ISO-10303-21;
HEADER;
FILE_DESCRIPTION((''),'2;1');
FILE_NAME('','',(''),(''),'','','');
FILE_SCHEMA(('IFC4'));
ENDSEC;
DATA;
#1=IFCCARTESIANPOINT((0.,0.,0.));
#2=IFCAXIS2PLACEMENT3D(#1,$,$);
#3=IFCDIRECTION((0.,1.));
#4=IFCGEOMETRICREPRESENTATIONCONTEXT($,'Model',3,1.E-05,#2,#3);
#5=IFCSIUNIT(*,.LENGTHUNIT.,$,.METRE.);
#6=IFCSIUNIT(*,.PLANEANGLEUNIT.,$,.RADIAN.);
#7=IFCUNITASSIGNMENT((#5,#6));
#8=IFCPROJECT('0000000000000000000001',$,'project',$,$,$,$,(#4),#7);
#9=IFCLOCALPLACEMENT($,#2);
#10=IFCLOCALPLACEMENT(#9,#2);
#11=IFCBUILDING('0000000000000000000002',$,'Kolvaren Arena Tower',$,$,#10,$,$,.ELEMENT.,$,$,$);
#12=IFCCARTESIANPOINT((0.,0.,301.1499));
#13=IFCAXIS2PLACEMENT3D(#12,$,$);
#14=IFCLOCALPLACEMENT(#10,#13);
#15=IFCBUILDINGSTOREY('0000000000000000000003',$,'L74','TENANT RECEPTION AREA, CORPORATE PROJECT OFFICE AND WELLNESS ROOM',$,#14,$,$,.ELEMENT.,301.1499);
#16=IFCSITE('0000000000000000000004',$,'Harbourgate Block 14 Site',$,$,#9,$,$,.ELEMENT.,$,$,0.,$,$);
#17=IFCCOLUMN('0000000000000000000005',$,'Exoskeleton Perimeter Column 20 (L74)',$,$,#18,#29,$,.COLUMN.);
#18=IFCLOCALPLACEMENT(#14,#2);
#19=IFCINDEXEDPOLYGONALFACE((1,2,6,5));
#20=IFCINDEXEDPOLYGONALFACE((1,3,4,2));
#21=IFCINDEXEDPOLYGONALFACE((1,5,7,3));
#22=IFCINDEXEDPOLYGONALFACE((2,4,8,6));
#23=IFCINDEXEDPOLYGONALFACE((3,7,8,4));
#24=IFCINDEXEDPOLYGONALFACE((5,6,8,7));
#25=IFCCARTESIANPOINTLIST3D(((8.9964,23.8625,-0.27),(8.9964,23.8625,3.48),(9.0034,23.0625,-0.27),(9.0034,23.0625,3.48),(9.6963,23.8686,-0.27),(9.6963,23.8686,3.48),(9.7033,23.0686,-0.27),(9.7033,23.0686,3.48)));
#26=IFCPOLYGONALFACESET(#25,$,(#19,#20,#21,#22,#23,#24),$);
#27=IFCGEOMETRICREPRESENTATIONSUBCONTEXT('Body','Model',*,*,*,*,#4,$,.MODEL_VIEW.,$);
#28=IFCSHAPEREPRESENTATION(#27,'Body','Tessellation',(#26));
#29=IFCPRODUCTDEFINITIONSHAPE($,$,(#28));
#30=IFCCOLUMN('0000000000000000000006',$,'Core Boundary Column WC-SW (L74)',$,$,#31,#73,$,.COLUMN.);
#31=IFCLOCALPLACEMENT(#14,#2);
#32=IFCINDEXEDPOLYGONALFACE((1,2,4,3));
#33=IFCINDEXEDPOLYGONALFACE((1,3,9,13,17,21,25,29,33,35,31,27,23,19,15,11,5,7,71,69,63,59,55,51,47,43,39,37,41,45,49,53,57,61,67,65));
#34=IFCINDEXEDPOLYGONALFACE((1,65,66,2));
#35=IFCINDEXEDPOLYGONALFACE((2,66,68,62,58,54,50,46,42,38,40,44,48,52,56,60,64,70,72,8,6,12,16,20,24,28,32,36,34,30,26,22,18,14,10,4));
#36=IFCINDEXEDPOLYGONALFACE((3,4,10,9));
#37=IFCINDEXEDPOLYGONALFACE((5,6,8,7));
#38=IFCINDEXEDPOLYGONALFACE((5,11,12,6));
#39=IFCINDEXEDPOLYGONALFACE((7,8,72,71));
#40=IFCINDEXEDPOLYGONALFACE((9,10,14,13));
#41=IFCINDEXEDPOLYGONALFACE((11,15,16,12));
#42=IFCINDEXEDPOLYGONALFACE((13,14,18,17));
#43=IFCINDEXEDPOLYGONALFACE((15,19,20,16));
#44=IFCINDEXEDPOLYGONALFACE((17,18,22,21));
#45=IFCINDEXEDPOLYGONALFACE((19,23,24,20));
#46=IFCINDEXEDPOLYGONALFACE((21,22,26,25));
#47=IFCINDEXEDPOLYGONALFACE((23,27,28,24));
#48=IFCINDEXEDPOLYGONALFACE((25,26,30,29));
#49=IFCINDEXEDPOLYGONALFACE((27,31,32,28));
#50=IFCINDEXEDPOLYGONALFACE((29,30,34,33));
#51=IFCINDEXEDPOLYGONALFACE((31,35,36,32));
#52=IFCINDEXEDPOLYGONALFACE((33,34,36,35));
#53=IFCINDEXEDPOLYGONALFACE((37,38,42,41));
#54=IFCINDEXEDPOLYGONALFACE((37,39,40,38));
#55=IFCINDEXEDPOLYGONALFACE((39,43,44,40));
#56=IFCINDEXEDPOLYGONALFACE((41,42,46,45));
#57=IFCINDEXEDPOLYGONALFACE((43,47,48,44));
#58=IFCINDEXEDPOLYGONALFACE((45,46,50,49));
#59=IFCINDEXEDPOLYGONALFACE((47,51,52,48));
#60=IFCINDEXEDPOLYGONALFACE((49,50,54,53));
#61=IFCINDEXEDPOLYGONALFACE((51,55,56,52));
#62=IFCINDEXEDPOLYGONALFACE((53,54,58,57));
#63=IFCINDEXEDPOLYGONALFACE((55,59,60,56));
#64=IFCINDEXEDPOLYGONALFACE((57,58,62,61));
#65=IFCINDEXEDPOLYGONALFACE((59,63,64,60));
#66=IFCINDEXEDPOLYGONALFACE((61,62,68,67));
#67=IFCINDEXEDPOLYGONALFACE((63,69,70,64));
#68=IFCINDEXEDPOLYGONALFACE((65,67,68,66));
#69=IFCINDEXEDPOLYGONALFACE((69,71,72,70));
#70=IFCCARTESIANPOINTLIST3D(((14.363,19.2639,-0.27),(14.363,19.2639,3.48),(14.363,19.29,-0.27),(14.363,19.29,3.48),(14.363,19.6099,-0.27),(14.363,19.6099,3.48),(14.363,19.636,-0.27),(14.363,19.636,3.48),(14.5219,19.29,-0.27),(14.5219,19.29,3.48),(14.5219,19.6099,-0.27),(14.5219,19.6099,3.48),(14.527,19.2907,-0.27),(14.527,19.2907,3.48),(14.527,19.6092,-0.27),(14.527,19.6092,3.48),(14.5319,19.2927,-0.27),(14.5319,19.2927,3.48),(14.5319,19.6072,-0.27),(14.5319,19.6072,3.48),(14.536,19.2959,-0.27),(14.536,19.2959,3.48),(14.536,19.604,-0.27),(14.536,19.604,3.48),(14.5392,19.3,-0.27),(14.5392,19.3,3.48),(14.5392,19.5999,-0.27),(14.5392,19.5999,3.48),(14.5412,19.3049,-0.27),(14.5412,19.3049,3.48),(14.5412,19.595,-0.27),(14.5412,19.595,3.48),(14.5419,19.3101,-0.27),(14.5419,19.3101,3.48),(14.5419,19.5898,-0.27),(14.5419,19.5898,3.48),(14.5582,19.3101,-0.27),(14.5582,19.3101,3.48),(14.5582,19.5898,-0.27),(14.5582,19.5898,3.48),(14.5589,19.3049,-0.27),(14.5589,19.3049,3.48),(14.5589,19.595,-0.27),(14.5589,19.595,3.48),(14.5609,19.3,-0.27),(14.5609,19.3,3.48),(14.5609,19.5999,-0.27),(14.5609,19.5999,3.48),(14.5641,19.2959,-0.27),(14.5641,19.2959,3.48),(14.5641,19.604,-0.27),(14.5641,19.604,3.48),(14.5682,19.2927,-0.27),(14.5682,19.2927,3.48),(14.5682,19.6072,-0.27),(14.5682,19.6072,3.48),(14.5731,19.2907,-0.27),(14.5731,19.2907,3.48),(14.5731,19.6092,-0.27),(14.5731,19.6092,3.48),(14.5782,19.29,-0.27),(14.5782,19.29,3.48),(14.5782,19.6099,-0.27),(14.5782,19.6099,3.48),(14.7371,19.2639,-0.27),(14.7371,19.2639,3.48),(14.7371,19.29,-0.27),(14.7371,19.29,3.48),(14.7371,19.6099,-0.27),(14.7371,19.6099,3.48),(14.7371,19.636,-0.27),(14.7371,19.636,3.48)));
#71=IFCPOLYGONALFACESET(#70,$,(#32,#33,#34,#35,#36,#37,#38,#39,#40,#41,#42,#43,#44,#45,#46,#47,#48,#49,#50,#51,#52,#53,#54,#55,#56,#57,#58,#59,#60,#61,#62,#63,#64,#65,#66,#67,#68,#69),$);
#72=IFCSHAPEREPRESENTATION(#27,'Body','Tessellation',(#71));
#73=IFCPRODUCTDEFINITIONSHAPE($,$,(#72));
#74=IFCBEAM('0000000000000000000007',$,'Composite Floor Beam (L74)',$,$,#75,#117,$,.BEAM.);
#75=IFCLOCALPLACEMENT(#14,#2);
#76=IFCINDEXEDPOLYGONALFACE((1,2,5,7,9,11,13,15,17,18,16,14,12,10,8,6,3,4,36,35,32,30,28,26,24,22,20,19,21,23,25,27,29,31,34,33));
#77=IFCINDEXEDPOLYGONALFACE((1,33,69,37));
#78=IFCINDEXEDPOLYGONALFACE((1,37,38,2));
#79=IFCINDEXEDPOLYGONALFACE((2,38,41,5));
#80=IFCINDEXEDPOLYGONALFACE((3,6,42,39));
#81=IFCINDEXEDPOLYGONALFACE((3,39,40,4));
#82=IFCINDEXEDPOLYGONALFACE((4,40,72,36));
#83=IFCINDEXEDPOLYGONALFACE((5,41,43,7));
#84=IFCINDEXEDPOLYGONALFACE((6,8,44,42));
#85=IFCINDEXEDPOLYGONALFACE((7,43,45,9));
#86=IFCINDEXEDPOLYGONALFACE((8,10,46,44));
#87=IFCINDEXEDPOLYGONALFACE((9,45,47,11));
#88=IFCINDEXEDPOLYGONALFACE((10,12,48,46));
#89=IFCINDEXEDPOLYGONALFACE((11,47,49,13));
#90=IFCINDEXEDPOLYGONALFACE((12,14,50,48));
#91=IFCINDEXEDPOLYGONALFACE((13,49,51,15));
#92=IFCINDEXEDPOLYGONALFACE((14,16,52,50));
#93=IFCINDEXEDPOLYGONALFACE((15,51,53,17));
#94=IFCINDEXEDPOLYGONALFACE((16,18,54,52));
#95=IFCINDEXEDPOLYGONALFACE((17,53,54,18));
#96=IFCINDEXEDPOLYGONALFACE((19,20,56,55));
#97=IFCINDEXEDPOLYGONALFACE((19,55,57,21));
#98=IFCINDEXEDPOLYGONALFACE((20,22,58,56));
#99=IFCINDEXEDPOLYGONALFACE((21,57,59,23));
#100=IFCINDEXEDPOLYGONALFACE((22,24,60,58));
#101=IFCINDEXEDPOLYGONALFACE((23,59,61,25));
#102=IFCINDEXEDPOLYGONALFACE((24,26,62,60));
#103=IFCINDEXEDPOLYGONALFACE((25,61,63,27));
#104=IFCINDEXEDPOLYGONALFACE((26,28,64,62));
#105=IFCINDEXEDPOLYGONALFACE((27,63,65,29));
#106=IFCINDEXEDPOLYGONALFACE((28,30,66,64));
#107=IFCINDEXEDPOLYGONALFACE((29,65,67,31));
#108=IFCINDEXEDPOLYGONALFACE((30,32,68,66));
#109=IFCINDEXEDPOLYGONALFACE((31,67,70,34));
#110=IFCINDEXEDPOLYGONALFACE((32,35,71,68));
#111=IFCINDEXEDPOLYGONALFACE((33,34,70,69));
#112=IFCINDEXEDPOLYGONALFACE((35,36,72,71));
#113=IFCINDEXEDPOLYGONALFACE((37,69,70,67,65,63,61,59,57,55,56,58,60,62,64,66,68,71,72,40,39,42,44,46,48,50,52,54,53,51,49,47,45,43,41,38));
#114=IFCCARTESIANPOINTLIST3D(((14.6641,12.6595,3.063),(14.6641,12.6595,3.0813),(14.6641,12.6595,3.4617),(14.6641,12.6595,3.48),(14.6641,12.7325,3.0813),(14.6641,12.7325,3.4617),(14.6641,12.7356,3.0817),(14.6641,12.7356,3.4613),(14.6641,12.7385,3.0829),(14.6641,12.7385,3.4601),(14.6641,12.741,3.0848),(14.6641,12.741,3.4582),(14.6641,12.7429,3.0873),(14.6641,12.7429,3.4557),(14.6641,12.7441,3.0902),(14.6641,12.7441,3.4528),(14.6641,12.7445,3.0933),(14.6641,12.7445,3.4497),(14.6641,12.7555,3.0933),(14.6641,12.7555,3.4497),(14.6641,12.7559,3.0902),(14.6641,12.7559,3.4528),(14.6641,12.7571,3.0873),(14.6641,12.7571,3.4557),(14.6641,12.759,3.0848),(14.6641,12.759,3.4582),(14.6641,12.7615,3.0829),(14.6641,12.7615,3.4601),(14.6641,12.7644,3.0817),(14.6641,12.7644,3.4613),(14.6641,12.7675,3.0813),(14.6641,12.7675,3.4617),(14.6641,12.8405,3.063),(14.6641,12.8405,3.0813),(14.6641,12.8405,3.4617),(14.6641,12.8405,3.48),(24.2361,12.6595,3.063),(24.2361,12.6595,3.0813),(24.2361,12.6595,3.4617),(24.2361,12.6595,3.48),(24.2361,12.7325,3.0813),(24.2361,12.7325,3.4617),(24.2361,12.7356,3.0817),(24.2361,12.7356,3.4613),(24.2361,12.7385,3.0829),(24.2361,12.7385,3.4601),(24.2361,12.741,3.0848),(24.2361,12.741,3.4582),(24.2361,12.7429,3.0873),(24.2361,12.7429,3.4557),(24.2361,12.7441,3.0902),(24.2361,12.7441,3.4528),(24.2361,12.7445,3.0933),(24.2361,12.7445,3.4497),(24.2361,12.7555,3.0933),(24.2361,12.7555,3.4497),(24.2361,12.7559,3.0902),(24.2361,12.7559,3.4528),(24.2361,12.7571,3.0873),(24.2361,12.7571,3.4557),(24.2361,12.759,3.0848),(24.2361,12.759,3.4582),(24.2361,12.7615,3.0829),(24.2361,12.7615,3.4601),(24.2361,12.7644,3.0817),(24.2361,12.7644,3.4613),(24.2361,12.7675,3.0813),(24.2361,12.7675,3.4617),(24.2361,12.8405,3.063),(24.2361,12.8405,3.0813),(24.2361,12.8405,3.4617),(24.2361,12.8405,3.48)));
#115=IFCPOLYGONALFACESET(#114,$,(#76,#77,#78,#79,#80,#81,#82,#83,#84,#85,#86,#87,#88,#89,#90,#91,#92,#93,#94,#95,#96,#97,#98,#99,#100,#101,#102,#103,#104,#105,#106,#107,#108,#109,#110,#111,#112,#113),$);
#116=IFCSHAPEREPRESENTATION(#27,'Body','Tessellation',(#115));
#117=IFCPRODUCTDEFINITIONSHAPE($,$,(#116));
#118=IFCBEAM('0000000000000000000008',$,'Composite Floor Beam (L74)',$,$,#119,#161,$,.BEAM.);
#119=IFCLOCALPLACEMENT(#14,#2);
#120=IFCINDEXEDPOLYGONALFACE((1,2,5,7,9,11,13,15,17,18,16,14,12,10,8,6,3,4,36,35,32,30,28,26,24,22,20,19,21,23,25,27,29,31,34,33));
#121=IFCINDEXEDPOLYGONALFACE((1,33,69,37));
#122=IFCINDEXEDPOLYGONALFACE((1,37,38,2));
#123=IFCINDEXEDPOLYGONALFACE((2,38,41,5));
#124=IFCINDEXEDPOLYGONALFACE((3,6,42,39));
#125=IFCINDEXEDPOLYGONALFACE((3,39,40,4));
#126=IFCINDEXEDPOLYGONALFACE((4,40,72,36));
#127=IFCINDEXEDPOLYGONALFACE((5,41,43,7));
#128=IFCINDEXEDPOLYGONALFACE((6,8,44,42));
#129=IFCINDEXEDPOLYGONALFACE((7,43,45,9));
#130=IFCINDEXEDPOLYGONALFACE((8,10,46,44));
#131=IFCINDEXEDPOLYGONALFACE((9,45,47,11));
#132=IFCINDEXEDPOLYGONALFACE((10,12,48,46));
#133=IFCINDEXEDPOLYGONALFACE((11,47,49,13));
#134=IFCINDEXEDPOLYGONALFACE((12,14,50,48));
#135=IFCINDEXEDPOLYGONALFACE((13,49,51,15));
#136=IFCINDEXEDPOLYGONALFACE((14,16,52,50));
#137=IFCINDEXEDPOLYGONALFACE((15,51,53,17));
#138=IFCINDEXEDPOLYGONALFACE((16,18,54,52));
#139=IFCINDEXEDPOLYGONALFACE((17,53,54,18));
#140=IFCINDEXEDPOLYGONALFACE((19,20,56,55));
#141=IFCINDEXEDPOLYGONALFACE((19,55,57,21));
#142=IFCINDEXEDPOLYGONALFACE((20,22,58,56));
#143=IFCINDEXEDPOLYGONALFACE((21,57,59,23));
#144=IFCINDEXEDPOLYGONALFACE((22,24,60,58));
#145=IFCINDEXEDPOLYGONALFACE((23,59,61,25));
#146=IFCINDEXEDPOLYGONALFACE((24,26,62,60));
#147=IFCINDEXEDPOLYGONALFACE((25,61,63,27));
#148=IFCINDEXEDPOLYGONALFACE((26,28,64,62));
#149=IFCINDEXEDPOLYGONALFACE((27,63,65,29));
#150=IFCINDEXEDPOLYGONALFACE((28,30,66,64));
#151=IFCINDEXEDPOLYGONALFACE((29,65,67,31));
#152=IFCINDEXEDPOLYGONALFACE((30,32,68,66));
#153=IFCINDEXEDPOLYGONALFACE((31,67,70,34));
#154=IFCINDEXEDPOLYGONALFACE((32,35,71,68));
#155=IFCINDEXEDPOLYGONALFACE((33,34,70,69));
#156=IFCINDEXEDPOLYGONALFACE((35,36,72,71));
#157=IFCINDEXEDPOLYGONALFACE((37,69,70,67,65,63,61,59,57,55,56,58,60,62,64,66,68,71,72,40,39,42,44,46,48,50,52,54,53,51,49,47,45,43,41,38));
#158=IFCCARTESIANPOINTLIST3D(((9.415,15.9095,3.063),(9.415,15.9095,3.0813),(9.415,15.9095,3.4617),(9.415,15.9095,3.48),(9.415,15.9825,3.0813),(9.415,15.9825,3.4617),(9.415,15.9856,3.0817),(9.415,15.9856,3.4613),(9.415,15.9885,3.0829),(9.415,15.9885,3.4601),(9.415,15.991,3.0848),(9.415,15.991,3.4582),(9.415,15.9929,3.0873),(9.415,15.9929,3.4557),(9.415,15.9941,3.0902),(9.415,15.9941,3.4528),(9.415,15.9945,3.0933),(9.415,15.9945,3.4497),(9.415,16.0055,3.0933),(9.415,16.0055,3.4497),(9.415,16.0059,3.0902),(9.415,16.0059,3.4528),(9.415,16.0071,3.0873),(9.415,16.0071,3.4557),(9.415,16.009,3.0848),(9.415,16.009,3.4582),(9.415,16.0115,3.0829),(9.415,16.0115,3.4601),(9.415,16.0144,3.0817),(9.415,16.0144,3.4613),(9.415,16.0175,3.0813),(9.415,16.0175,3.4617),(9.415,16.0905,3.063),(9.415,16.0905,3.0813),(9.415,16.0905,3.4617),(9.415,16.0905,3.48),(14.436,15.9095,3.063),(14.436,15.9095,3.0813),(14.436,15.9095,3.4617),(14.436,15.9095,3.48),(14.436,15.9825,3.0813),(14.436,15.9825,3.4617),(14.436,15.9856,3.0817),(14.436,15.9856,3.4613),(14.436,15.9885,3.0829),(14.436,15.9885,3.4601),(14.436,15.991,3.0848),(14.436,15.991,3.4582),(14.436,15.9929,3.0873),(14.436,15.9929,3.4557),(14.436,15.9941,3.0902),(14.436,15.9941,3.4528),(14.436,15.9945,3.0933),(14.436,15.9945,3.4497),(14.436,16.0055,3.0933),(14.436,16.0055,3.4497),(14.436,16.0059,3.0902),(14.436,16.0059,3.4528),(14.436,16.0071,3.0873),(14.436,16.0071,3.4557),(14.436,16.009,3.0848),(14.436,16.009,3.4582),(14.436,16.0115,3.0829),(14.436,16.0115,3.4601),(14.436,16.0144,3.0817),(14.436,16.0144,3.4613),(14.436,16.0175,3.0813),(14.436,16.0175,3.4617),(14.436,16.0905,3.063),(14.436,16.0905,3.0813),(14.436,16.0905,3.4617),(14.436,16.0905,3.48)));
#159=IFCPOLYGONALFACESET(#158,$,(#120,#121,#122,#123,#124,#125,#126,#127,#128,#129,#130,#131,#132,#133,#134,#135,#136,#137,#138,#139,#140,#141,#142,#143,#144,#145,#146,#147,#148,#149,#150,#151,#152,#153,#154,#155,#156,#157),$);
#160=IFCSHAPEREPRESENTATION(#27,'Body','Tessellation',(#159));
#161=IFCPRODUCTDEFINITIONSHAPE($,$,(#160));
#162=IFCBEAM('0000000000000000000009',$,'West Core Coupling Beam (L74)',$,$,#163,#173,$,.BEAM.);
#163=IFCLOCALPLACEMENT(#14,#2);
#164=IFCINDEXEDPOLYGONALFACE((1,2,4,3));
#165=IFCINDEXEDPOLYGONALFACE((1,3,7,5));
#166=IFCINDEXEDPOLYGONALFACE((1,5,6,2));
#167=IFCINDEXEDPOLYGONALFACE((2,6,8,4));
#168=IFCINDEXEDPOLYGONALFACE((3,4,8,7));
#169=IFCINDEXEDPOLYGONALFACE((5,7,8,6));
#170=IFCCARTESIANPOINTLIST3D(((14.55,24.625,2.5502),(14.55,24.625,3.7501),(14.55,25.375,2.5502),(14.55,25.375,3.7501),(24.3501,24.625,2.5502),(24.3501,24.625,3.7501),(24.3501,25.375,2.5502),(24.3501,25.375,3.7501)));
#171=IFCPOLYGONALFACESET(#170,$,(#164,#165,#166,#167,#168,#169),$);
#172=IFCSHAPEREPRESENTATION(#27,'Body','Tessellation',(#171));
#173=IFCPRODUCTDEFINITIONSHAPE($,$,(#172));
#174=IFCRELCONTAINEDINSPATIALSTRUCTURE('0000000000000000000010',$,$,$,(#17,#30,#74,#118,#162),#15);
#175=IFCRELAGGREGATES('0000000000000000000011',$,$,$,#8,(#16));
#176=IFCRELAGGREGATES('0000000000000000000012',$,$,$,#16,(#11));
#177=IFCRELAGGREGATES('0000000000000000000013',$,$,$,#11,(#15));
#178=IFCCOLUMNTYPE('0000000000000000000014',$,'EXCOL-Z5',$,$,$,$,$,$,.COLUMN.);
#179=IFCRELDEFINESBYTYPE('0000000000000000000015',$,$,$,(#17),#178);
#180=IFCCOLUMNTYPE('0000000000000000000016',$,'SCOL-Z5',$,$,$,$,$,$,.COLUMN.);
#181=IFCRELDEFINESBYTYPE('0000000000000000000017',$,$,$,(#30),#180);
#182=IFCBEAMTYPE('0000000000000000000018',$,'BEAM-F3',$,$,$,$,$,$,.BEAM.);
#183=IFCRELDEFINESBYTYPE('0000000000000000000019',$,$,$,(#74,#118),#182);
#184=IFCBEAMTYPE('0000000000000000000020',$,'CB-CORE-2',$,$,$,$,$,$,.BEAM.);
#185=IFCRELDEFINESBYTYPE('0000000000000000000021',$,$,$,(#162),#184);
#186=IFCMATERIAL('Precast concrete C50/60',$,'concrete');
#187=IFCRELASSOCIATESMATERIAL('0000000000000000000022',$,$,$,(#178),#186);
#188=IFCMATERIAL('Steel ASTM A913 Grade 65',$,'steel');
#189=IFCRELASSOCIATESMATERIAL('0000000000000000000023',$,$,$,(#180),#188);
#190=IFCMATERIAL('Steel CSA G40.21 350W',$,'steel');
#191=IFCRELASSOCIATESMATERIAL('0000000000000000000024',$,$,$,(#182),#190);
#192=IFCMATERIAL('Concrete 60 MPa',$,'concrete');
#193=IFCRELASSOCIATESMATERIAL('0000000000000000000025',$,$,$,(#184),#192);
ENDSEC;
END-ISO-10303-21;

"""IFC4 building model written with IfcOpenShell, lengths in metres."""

from ifc_helpers import new_model, si_unit, direction, frame, origin, origin_2d, place, context, subcontext, project, spatial, rectangle, i_section, extrude, material, material_profile, profile_set, type_object, element, save


model = new_model("IFC4")

# Units and contexts
model_context = context("Model", 3, precision=1e-05, world=origin(), true_north=direction((0.0, 1.0)))
body_context = subcontext(model_context, "Body", "Model", "MODEL_VIEW")
ifc_project = project(units=[si_unit("LENGTHUNIT", "METRE"), si_unit("PLANEANGLEUNIT", "RADIAN")], contexts=[model_context])

# Site, building, storey
site_placement = place(None, origin())
site = spatial("IfcSite", under=ifc_project, at=site_placement, Name="Harbourgate Block 14 Site", CompositionType="ELEMENT", RefElevation=0.0)
building_placement = place(site_placement, origin())
building = spatial("IfcBuilding", under=site, at=building_placement, Name="Kolvaren Arena Tower", CompositionType="ELEMENT")
storey_placement = place(building_placement, frame((0.0, 0.0, 301.1499)))
storey = spatial("IfcBuildingStorey", under=building, at=storey_placement, Name="L74", Description="TENANT RECEPTION AREA, CORPORATE PROJECT OFFICE AND WELLNESS ROOM", CompositionType="ELEMENT", Elevation=301.1499)

# Columns
ifc_material_1 = material(Name="Precast concrete C50/60", Category="concrete")
ifc_material_profile_1 = material_profile(ifc_material_1, rectangle(XDim=0.8, YDim=0.7, at=origin_2d()), Name="RC-800x700")
ifc_profile_set_1 = profile_set([ifc_material_profile_1], Name="Precast concrete C50/60")
column_type_1 = type_object("IfcColumnType", Name="EXCOL-Z5", PredefinedType="COLUMN", material=ifc_profile_set_1)
column_1_placement = place(storey_placement, frame((9.3499, 23.4656, -0.27), z_axis=(0.0, 0.0, 1.0), x_axis=(-0.008727, 0.999962, 0.0)))
element("IfcColumn", 1, at=column_1_placement, inside=storey, type_object=column_type_1, Name="Exoskeleton Perimeter Column 20 (L74)", PredefinedType="COLUMN", context=body_context, shape_type="SweptSolid", body=[
    extrude(rectangle(XDim=0.8, YDim=0.7, at=origin_2d()), origin(), (0.0, 0.0, 1.0), 3.75),
])
ifc_material_2 = material(Name="Steel ASTM A913 Grade 65", Category="steel")
ifc_material_profile_2 = material_profile(ifc_material_2, i_section(OverallWidth=0.374, OverallDepth=0.3721, WebThickness=0.0164, FlangeThickness=0.0261, FilletRadius=0.02, at=origin_2d()), Name="W360x196")
ifc_profile_set_2 = profile_set([ifc_material_profile_2], Name="Steel ASTM A913 Grade 65")
column_type_2 = type_object("IfcColumnType", Name="SCOL-Z5", PredefinedType="COLUMN", material=ifc_profile_set_2)
column_2_placement = place(storey_placement, frame((14.55, 19.45, -0.27), z_axis=(0.0, 0.0, 1.0), x_axis=(1.0, 0.0, 0.0)))
element("IfcColumn", 2, at=column_2_placement, inside=storey, type_object=column_type_2, Name="Core Boundary Column WC-SW (L74)", PredefinedType="COLUMN", context=body_context, shape_type="SweptSolid", body=[
    extrude(i_section(OverallWidth=0.374, OverallDepth=0.3721, WebThickness=0.0164, FlangeThickness=0.0261, FilletRadius=0.02, at=origin_2d()), origin(), (0.0, 0.0, 1.0), 3.75),
])

# Beams
ifc_material_3 = material(Name="Steel CSA G40.21 350W", Category="steel")
ifc_material_profile_3 = material_profile(ifc_material_3, i_section(OverallWidth=0.1809, OverallDepth=0.417, WebThickness=0.011, FlangeThickness=0.0183, FilletRadius=0.012, at=origin_2d()), Name="W410x85")
ifc_profile_set_3 = profile_set([ifc_material_profile_3], Name="Steel CSA G40.21 350W")
beam_type_1 = type_object("IfcBeamType", Name="BEAM-F3", PredefinedType="BEAM", material=ifc_profile_set_3)
beam_1_placement = place(storey_placement, frame((14.6641, 12.75, 3.2715), z_axis=(1.0, 0.0, 0.0), x_axis=(0.0, 1.0, 0.0)))
element("IfcBeam", 3, at=beam_1_placement, inside=storey, type_object=beam_type_1, Name="Composite Floor Beam (L74)", PredefinedType="BEAM", context=body_context, shape_type="SweptSolid", body=[
    extrude(i_section(OverallWidth=0.1809, OverallDepth=0.417, WebThickness=0.011, FlangeThickness=0.0183, FilletRadius=0.012, at=origin_2d()), origin(), (0.0, 0.0, 1.0), 9.572),
])
beam_2_placement = place(storey_placement, frame((9.415, 16.0, 3.2715), z_axis=(1.0, 0.0, 0.0), x_axis=(0.0, 1.0, 0.0)))
element("IfcBeam", 4, at=beam_2_placement, inside=storey, type_object=beam_type_1, Name="Composite Floor Beam (L74)", PredefinedType="BEAM", context=body_context, shape_type="SweptSolid", body=[
    extrude(i_section(OverallWidth=0.1809, OverallDepth=0.417, WebThickness=0.011, FlangeThickness=0.0183, FilletRadius=0.012, at=origin_2d()), origin(), (0.0, 0.0, 1.0), 5.021),
])
ifc_material_4 = material(Name="Concrete 60 MPa", Category="concrete")
ifc_material_profile_4 = material_profile(ifc_material_4, rectangle(XDim=0.75, YDim=1.2, at=origin_2d()), Name="RC-750x1200")
ifc_profile_set_4 = profile_set([ifc_material_profile_4], Name="Concrete 60 MPa")
beam_type_2 = type_object("IfcBeamType", Name="CB-CORE-2", PredefinedType="BEAM", material=ifc_profile_set_4)
beam_3_placement = place(storey_placement, frame((14.55, 25.0, 3.1501), z_axis=(1.0, 0.0, 0.0), x_axis=(0.0, 1.0, 0.0)))
element("IfcBeam", 5, at=beam_3_placement, inside=storey, type_object=beam_type_2, Name="West Core Coupling Beam (L74)", PredefinedType="BEAM", context=body_context, shape_type="SweptSolid", body=[
    extrude(rectangle(XDim=0.75, YDim=1.2, at=origin_2d()), origin(), (0.0, 0.0, 1.0), 9.8),
])

save(model, "model.ifc")
